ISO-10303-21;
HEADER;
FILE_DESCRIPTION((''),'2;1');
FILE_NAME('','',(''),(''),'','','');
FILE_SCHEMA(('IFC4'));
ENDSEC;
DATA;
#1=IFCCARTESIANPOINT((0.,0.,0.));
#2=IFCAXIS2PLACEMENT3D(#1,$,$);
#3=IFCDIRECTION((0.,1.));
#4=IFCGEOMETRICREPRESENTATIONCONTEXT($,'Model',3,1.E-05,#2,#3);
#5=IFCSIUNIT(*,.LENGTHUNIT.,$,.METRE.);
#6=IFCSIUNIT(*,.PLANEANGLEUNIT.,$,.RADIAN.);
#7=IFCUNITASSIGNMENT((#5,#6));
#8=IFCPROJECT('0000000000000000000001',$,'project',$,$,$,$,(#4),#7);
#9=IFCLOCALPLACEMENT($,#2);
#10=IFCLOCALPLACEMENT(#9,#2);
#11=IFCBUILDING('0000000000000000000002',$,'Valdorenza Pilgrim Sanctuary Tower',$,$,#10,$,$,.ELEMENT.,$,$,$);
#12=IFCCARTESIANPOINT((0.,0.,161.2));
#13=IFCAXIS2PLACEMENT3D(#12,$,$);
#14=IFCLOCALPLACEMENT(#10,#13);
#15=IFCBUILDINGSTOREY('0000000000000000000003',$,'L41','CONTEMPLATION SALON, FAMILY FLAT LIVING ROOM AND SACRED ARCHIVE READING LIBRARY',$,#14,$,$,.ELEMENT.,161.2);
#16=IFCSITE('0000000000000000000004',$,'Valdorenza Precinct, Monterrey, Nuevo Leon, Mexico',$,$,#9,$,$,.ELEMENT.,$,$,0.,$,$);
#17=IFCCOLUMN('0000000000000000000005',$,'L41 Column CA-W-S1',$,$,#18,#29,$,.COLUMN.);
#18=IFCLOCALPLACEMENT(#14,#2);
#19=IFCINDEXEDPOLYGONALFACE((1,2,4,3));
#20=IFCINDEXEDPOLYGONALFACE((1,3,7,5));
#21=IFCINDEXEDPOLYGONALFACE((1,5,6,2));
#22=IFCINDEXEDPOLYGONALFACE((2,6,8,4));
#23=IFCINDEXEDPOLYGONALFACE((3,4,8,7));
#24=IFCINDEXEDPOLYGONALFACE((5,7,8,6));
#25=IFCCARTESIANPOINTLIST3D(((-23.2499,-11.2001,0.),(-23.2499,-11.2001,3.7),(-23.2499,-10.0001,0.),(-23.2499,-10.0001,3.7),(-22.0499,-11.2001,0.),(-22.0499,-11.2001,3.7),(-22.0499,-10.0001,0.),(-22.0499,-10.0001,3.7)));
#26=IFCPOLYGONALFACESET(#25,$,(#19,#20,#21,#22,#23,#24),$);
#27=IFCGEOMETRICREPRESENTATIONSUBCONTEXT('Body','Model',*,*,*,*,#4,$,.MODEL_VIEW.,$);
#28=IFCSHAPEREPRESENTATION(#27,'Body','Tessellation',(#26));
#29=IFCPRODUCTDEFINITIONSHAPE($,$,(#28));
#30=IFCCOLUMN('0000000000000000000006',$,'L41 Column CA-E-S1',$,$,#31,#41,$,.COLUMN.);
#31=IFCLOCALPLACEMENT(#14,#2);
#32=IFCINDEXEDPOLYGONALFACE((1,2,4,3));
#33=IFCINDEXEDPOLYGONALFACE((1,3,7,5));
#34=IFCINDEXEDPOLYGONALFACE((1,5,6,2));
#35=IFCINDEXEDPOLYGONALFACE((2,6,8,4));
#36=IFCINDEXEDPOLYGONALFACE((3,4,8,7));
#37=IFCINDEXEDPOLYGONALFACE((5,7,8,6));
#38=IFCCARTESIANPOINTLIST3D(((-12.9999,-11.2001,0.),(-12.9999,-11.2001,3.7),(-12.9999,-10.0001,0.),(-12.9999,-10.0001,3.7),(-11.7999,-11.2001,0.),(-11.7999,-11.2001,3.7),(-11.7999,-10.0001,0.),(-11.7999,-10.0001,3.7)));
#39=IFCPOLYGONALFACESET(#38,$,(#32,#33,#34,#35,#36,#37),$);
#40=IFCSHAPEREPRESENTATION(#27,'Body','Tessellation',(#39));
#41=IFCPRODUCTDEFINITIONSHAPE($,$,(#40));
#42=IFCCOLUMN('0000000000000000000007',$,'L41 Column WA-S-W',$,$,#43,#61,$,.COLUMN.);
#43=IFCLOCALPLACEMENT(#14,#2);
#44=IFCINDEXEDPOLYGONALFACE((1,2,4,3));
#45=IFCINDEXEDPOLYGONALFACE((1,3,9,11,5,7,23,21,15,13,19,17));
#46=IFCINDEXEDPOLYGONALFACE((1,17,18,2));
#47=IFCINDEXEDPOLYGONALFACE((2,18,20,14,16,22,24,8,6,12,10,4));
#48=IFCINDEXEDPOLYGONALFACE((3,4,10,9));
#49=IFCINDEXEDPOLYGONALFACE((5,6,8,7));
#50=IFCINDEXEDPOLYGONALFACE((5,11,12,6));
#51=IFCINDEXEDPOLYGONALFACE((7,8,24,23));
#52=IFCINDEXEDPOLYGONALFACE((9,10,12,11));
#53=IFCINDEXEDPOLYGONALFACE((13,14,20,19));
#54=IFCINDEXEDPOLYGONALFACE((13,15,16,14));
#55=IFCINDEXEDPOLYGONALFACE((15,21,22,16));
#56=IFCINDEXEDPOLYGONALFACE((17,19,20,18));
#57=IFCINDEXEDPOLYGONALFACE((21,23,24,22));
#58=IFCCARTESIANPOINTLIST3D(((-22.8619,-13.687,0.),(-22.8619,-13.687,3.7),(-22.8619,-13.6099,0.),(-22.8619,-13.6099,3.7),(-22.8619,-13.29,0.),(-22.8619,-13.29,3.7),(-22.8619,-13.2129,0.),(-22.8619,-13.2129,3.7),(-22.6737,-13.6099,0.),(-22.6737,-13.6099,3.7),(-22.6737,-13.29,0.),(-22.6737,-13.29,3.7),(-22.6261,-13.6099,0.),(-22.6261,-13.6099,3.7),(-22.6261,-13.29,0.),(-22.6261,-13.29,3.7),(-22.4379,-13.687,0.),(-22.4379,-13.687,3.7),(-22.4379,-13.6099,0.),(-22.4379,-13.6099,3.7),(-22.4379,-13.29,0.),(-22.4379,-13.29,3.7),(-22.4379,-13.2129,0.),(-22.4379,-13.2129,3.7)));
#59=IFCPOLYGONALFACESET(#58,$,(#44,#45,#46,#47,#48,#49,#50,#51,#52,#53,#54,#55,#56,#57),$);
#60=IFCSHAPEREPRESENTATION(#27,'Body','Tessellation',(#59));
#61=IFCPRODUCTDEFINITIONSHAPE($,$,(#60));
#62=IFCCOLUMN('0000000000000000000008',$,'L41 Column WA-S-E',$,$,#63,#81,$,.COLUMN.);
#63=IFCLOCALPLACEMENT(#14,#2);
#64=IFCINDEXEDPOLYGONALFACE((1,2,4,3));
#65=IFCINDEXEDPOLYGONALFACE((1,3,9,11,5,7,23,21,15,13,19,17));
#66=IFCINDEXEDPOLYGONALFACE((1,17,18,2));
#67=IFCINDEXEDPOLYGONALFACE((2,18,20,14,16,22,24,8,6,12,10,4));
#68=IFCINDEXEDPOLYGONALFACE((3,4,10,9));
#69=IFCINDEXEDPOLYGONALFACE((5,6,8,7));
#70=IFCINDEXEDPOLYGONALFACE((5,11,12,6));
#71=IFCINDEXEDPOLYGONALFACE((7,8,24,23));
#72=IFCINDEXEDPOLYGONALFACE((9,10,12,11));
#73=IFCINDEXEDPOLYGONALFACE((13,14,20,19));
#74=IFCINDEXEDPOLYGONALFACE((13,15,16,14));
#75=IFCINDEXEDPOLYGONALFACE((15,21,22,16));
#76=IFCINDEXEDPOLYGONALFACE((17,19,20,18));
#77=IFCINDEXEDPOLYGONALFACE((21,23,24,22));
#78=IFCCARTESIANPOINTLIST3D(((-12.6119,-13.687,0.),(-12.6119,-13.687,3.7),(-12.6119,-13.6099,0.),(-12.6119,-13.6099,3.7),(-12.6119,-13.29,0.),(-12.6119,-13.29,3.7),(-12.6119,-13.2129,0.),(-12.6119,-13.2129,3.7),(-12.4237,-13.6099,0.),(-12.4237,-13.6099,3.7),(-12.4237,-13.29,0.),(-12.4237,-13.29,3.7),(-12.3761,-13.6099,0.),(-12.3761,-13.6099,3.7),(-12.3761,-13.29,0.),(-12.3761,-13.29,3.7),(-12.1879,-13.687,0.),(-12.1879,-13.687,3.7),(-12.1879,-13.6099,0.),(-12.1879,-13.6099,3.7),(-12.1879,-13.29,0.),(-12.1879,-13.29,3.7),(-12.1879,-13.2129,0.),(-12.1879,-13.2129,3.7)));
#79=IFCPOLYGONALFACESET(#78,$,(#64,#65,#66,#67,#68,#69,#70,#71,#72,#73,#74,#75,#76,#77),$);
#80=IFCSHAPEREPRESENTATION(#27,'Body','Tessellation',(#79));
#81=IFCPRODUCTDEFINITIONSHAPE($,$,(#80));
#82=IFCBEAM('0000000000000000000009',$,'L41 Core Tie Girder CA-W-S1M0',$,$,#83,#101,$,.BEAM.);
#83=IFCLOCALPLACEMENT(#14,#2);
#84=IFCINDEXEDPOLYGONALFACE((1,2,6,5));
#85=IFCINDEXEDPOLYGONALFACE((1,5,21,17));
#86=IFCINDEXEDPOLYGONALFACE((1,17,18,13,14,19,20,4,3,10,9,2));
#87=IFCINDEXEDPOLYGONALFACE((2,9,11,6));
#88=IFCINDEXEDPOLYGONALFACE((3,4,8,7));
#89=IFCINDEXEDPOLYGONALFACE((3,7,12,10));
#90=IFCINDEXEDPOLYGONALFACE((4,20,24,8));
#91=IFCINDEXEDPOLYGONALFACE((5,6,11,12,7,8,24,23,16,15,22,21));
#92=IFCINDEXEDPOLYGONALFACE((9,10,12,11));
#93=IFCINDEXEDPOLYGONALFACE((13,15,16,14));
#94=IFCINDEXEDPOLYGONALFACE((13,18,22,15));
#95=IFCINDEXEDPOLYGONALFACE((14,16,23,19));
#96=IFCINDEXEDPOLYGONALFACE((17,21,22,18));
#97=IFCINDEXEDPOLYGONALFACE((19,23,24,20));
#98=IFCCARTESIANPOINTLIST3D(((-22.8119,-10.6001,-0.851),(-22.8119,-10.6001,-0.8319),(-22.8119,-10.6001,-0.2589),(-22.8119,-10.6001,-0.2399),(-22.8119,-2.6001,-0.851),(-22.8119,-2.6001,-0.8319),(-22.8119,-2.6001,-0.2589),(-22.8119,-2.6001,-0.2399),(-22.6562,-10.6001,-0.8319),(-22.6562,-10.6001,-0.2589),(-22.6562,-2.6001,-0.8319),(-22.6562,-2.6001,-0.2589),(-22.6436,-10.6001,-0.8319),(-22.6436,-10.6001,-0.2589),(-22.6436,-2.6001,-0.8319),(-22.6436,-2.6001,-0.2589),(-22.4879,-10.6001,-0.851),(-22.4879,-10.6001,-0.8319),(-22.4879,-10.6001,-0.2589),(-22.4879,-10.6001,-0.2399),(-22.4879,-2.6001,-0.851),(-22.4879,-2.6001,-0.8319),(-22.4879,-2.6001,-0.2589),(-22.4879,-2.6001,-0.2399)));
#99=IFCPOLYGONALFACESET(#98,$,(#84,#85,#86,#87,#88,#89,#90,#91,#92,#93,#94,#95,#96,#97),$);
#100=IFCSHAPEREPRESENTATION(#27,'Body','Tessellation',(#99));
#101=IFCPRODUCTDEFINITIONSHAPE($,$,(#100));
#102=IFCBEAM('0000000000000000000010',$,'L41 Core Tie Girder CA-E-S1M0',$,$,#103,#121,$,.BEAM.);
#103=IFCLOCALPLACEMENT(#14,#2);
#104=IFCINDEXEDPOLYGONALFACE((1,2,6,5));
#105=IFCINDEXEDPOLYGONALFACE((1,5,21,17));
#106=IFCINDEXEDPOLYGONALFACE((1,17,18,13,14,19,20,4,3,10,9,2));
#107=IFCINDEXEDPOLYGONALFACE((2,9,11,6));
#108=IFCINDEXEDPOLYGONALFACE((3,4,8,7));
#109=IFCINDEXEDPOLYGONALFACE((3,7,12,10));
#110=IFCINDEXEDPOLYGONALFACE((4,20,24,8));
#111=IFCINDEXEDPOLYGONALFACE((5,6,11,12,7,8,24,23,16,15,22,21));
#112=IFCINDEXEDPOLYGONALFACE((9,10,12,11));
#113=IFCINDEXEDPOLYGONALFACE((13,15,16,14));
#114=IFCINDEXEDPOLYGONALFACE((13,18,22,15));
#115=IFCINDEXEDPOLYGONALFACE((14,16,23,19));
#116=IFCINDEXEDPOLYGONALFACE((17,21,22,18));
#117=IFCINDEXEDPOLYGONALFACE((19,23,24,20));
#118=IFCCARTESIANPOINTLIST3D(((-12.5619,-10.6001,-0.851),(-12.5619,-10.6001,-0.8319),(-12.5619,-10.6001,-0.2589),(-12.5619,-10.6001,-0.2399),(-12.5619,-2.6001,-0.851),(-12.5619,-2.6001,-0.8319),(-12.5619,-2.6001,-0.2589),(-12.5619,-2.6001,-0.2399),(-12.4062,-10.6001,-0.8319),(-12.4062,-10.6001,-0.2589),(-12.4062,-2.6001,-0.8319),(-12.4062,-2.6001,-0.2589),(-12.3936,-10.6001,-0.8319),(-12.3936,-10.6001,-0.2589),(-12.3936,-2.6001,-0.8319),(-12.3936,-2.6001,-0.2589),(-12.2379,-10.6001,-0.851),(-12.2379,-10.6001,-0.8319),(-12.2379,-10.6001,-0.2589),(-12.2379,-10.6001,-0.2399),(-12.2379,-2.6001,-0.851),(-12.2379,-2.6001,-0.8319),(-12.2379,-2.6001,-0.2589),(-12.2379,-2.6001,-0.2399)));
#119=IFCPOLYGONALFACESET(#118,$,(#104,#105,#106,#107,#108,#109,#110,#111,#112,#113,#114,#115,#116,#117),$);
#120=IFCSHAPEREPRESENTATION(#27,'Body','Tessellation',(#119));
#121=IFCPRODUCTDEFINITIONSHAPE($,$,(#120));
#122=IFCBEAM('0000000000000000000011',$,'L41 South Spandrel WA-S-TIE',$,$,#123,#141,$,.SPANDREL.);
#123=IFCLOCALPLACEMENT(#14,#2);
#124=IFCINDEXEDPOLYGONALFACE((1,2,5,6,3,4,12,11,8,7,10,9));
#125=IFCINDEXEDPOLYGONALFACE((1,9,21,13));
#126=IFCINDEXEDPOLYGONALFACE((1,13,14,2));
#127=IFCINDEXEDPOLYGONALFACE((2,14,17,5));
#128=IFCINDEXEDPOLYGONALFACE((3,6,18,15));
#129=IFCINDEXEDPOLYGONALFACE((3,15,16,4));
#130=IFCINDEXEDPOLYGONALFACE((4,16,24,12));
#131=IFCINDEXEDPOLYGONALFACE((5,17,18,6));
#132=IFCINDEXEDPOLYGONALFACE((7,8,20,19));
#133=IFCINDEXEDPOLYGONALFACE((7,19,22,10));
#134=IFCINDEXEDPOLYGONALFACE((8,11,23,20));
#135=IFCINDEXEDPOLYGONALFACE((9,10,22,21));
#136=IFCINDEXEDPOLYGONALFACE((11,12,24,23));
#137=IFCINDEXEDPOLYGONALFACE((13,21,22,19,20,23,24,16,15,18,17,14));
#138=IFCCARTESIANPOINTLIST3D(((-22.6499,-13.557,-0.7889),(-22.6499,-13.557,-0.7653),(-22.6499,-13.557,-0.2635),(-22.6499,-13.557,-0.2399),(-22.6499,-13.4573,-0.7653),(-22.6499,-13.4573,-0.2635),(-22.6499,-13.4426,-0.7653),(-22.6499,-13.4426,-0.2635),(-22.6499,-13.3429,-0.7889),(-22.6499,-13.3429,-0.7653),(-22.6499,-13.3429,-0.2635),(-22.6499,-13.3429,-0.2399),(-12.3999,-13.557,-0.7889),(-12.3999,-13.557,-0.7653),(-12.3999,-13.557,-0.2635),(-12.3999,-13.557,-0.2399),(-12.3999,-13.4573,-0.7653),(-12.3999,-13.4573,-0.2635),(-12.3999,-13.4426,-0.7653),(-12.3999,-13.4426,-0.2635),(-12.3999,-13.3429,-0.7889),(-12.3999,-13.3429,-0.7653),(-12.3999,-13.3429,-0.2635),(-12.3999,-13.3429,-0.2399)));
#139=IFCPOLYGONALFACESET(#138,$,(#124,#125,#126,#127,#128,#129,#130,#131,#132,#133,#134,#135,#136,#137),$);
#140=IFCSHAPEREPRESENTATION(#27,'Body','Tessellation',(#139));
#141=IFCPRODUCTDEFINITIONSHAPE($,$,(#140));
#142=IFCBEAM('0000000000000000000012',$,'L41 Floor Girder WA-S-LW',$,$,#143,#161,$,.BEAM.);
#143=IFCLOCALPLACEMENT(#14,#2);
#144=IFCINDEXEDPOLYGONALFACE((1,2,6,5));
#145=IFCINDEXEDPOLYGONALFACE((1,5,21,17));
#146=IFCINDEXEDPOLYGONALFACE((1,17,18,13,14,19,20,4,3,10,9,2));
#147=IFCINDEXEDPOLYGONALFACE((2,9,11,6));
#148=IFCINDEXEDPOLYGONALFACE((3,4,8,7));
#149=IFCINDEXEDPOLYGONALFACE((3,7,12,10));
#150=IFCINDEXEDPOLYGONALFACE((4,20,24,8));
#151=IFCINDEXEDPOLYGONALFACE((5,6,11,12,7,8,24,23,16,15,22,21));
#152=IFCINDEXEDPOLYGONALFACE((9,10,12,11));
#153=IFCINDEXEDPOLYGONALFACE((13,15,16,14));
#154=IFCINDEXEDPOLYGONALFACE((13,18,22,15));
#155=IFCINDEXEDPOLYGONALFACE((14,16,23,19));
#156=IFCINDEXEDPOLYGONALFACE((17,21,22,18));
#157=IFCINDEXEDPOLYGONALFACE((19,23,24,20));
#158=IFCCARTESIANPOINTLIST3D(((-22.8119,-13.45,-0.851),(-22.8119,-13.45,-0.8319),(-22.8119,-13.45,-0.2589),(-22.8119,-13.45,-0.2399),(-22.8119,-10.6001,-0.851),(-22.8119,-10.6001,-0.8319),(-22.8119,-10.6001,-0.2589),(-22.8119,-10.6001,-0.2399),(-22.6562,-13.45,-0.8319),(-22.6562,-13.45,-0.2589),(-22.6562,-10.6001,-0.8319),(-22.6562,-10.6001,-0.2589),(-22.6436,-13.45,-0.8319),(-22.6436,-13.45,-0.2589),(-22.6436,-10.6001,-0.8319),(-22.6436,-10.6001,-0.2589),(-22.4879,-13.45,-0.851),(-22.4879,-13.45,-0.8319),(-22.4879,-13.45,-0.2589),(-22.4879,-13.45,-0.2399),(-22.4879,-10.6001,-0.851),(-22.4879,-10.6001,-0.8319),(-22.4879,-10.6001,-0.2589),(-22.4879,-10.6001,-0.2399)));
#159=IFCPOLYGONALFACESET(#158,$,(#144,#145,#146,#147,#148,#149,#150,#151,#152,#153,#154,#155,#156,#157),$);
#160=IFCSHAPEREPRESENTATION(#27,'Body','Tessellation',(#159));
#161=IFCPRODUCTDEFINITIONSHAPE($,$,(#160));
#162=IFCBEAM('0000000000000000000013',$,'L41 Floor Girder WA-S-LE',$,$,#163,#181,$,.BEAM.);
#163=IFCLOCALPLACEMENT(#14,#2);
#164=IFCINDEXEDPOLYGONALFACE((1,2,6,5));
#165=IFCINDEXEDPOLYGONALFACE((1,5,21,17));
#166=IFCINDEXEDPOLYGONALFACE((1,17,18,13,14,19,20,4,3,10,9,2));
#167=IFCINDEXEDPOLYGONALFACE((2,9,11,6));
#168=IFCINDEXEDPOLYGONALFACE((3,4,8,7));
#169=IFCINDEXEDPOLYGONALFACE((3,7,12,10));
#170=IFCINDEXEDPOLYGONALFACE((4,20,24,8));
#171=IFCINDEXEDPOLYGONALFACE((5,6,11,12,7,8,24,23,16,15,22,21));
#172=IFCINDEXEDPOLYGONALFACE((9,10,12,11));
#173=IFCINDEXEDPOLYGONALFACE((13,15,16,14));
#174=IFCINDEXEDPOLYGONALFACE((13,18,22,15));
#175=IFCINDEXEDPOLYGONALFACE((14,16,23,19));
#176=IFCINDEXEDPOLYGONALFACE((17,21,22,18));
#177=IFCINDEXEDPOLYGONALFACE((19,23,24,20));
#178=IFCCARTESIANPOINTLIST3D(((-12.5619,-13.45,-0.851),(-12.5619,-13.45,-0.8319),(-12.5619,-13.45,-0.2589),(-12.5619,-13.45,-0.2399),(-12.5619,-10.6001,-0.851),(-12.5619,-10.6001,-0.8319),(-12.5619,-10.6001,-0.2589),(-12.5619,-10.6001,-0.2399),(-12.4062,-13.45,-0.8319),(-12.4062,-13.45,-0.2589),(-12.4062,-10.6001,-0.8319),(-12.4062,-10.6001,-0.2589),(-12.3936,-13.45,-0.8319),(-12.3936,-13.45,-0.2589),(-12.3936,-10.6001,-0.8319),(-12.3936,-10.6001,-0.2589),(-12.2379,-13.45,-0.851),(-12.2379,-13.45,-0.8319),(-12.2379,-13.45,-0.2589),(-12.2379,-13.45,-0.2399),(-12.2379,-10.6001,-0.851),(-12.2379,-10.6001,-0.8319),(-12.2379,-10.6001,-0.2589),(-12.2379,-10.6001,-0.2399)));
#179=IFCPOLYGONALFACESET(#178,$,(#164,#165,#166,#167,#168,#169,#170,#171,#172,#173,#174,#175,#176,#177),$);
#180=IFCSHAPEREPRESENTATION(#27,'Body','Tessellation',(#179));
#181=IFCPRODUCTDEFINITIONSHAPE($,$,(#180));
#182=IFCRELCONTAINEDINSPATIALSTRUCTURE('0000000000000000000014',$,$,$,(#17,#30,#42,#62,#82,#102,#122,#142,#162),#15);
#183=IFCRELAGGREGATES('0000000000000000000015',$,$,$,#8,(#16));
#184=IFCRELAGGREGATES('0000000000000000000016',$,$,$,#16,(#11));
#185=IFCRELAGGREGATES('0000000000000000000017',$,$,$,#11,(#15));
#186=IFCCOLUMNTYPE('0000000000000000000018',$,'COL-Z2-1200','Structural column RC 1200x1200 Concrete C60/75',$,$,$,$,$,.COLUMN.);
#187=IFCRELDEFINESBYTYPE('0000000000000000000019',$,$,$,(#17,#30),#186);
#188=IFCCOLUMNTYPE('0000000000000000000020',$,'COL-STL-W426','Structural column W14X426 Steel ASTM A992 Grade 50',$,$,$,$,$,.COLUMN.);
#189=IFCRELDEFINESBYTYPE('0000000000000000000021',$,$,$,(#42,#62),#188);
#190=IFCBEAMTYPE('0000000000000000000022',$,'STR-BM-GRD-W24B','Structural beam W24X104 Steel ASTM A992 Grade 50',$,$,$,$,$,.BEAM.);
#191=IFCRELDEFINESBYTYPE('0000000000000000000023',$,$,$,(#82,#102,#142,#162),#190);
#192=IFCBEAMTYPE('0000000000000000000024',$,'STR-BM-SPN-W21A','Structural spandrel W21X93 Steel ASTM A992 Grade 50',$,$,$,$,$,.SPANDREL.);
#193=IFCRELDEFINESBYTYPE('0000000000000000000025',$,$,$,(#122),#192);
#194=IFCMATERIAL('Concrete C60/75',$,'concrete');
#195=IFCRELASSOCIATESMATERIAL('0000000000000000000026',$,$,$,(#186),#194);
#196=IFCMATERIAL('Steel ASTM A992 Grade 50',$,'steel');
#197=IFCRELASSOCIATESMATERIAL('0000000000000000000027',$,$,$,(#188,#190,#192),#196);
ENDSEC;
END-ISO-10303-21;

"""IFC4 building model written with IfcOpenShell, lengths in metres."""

from ifc_helpers import new_model, si_unit, direction, frame, origin, origin_2d, place, context, subcontext, project, spatial, rectangle, i_section, extrude, source, transform, mapped, material, material_profile, profile_set, type_object, element, save


model = new_model("IFC4")

# Units and contexts
model_context = context("Model", 3, precision=1e-05, world=origin(), true_north=direction((0.0, 1.0)))
body_context = subcontext(model_context, "Body", "Model", "MODEL_VIEW")
ifc_project = project(units=[si_unit("LENGTHUNIT", "METRE"), si_unit("PLANEANGLEUNIT", "RADIAN")], contexts=[model_context])

# Site, building, storey
site_placement = place(None, origin())
site = spatial("IfcSite", under=ifc_project, at=site_placement, Name="Valdorenza Precinct, Monterrey, Nuevo Leon, Mexico", CompositionType="ELEMENT", RefElevation=0.0)
building_placement = place(site_placement, origin())
building = spatial("IfcBuilding", under=site, at=building_placement, Name="Valdorenza Pilgrim Sanctuary Tower", CompositionType="ELEMENT")
storey_placement = place(building_placement, frame((0.0, 0.0, 161.2)))
storey = spatial("IfcBuildingStorey", under=building, at=storey_placement, Name="L41", Description="CONTEMPLATION SALON, FAMILY FLAT LIVING ROOM AND SACRED ARCHIVE READING LIBRARY", CompositionType="ELEMENT", Elevation=161.2)

# Columns
ifc_material_1 = material(Name="Concrete C60/75", Category="concrete")
ifc_material_profile_1 = material_profile(ifc_material_1, rectangle(XDim=1.2, YDim=1.2, at=origin_2d()), Name="RC 1200x1200")
ifc_profile_set_1 = profile_set([ifc_material_profile_1], Name="Concrete C60/75")
column_type_1 = type_object("IfcColumnType", Name="COL-Z2-1200", Description="Structural column RC 1200x1200 Concrete C60/75", PredefinedType="COLUMN", material=ifc_profile_set_1)
shared_shape_1 = source(origin(), body_context, "Body", "SweptSolid", [
    extrude(rectangle(XDim=1.2, YDim=1.2, at=origin_2d()), origin(), (0.0, 0.0, 1.0), 3.7),
])
for number, where, z_axis, x_axis, name in (
    (1, (-22.6499, -10.6001, 0.0), (0.0, 0.0, 1.0), (1.0, 0.0, 0.0), "L41 Column CA-W-S1"),
    (2, (-12.3999, -10.6001, 0.0), (0.0, 0.0, 1.0), (1.0, 0.0, 0.0), "L41 Column CA-E-S1"),
):
    element("IfcColumn", number, at=place(storey_placement, frame(where, z_axis=z_axis, x_axis=x_axis)), inside=storey, type_object=column_type_1, Name=name, PredefinedType="COLUMN", context=body_context, shape_type="MappedRepresentation", body=[
        mapped(shared_shape_1, transform((0.0, 0.0, 0.0), x_axis=(1.0, 0.0, 0.0), y_axis=(0.0, 1.0, 0.0), z_axis=(0.0, 0.0, 1.0), scale=1.0)),
    ])
ifc_material_2 = material(Name="Steel ASTM A992 Grade 50", Category="steel")
ifc_material_profile_2 = material_profile(ifc_material_2, i_section(OverallWidth=0.4241, OverallDepth=0.4741, WebThickness=0.0476, FlangeThickness=0.0771, at=origin_2d()), Name="W14X426")
ifc_profile_set_2 = profile_set([ifc_material_profile_2], Name="Steel ASTM A992 Grade 50")
column_type_2 = type_object("IfcColumnType", Name="COL-STL-W426", Description="Structural column W14X426 Steel ASTM A992 Grade 50", PredefinedType="COLUMN", material=ifc_profile_set_2)
shared_shape_2 = source(origin(), body_context, "Body", "SweptSolid", [
    extrude(i_section(OverallWidth=0.4241, OverallDepth=0.4741, WebThickness=0.0476, FlangeThickness=0.0771, at=origin_2d()), origin(), (0.0, 0.0, 1.0), 3.7),
])
for number, where, z_axis, x_axis, name in (
    (3, (-22.6499, -13.45, 0.0), (0.0, 0.0, 1.0), (1.0, 0.0, 0.0), "L41 Column WA-S-W"),
    (4, (-12.3999, -13.45, 0.0), (0.0, 0.0, 1.0), (1.0, 0.0, 0.0), "L41 Column WA-S-E"),
):
    element("IfcColumn", number, at=place(storey_placement, frame(where, z_axis=z_axis, x_axis=x_axis)), inside=storey, type_object=column_type_2, Name=name, PredefinedType="COLUMN", context=body_context, shape_type="MappedRepresentation", body=[
        mapped(shared_shape_2, transform((0.0, 0.0, 0.0), x_axis=(1.0, 0.0, 0.0), y_axis=(0.0, 1.0, 0.0), z_axis=(0.0, 0.0, 1.0), scale=1.0)),
    ])

# Beams
ifc_material_profile_3 = material_profile(ifc_material_2, i_section(OverallWidth=0.324, OverallDepth=0.6111, WebThickness=0.0127, FlangeThickness=0.019, at=origin_2d()), Name="W24X104")
ifc_profile_set_3 = profile_set([ifc_material_profile_3], Name="Steel ASTM A992 Grade 50")
beam_type_1 = type_object("IfcBeamType", Name="STR-BM-GRD-W24B", Description="Structural beam W24X104 Steel ASTM A992 Grade 50", PredefinedType="BEAM", material=ifc_profile_set_3)
shared_shape_3 = source(origin(), body_context, "Body", "SweptSolid", [
    extrude(i_section(OverallWidth=0.324, OverallDepth=0.6111, WebThickness=0.0127, FlangeThickness=0.019, at=origin_2d()), origin(), (0.0, 0.0, 1.0), 8.0),
])
for number, where, z_axis, x_axis, name in (
    (5, (-22.6499, -10.6001, -0.5454), (0.0, 1.0, 0.0), (-1.0, 0.0, 0.0), "L41 Core Tie Girder CA-W-S1M0"),
    (6, (-12.3999, -10.6001, -0.5454), (0.0, 1.0, 0.0), (-1.0, 0.0, 0.0), "L41 Core Tie Girder CA-E-S1M0"),
):
    element("IfcBeam", number, at=place(storey_placement, frame(where, z_axis=z_axis, x_axis=x_axis)), inside=storey, type_object=beam_type_1, Name=name, PredefinedType="BEAM", context=body_context, shape_type="MappedRepresentation", body=[
        mapped(shared_shape_3, transform((0.0, 0.0, 0.0), x_axis=(1.0, 0.0, 0.0), y_axis=(0.0, 1.0, 0.0), z_axis=(0.0, 0.0, 1.0), scale=1.0)),
    ])
ifc_material_profile_4 = material_profile(ifc_material_2, i_section(OverallWidth=0.2141, OverallDepth=0.5491, WebThickness=0.0146, FlangeThickness=0.0237, at=origin_2d()), Name="W21X93")
ifc_profile_set_4 = profile_set([ifc_material_profile_4], Name="Steel ASTM A992 Grade 50")
beam_type_2 = type_object("IfcBeamType", Name="STR-BM-SPN-W21A", Description="Structural spandrel W21X93 Steel ASTM A992 Grade 50", PredefinedType="SPANDREL", material=ifc_profile_set_4)
shared_shape_4 = source(origin(), body_context, "Body", "SweptSolid", [
    extrude(i_section(OverallWidth=0.2141, OverallDepth=0.5491, WebThickness=0.0146, FlangeThickness=0.0237, at=origin_2d()), origin(), (0.0, 0.0, 1.0), 10.25),
])
beam_1_placement = place(storey_placement, frame((-22.6499, -13.45, -0.5144), z_axis=(1.0, 0.0, 0.0), x_axis=(0.0, 1.0, 0.0)))
element("IfcBeam", 7, at=beam_1_placement, inside=storey, type_object=beam_type_2, Name="L41 South Spandrel WA-S-TIE", PredefinedType="SPANDREL", context=body_context, shape_type="MappedRepresentation", body=[
    mapped(shared_shape_4, transform((0.0, 0.0, 0.0), x_axis=(1.0, 0.0, 0.0), y_axis=(0.0, 1.0, 0.0), z_axis=(0.0, 0.0, 1.0), scale=1.0)),
])
shared_shape_5 = source(origin(), body_context, "Body", "SweptSolid", [
    extrude(i_section(OverallWidth=0.324, OverallDepth=0.6111, WebThickness=0.0127, FlangeThickness=0.019, at=origin_2d()), origin(), (0.0, 0.0, 1.0), 2.8499),
])
for number, where, z_axis, x_axis, name in (
    (8, (-22.6499, -13.45, -0.5454), (0.0, 1.0, 0.0), (-1.0, 0.0, 0.0), "L41 Floor Girder WA-S-LW"),
    (9, (-12.3999, -13.45, -0.5454), (0.0, 1.0, 0.0), (-1.0, 0.0, 0.0), "L41 Floor Girder WA-S-LE"),
):
    element("IfcBeam", number, at=place(storey_placement, frame(where, z_axis=z_axis, x_axis=x_axis)), inside=storey, type_object=beam_type_1, Name=name, PredefinedType="BEAM", context=body_context, shape_type="MappedRepresentation", body=[
        mapped(shared_shape_5, transform((0.0, 0.0, 0.0), x_axis=(1.0, 0.0, 0.0), y_axis=(0.0, 1.0, 0.0), z_axis=(0.0, 0.0, 1.0), scale=1.0)),
    ])

save(model, "model.ifc")
